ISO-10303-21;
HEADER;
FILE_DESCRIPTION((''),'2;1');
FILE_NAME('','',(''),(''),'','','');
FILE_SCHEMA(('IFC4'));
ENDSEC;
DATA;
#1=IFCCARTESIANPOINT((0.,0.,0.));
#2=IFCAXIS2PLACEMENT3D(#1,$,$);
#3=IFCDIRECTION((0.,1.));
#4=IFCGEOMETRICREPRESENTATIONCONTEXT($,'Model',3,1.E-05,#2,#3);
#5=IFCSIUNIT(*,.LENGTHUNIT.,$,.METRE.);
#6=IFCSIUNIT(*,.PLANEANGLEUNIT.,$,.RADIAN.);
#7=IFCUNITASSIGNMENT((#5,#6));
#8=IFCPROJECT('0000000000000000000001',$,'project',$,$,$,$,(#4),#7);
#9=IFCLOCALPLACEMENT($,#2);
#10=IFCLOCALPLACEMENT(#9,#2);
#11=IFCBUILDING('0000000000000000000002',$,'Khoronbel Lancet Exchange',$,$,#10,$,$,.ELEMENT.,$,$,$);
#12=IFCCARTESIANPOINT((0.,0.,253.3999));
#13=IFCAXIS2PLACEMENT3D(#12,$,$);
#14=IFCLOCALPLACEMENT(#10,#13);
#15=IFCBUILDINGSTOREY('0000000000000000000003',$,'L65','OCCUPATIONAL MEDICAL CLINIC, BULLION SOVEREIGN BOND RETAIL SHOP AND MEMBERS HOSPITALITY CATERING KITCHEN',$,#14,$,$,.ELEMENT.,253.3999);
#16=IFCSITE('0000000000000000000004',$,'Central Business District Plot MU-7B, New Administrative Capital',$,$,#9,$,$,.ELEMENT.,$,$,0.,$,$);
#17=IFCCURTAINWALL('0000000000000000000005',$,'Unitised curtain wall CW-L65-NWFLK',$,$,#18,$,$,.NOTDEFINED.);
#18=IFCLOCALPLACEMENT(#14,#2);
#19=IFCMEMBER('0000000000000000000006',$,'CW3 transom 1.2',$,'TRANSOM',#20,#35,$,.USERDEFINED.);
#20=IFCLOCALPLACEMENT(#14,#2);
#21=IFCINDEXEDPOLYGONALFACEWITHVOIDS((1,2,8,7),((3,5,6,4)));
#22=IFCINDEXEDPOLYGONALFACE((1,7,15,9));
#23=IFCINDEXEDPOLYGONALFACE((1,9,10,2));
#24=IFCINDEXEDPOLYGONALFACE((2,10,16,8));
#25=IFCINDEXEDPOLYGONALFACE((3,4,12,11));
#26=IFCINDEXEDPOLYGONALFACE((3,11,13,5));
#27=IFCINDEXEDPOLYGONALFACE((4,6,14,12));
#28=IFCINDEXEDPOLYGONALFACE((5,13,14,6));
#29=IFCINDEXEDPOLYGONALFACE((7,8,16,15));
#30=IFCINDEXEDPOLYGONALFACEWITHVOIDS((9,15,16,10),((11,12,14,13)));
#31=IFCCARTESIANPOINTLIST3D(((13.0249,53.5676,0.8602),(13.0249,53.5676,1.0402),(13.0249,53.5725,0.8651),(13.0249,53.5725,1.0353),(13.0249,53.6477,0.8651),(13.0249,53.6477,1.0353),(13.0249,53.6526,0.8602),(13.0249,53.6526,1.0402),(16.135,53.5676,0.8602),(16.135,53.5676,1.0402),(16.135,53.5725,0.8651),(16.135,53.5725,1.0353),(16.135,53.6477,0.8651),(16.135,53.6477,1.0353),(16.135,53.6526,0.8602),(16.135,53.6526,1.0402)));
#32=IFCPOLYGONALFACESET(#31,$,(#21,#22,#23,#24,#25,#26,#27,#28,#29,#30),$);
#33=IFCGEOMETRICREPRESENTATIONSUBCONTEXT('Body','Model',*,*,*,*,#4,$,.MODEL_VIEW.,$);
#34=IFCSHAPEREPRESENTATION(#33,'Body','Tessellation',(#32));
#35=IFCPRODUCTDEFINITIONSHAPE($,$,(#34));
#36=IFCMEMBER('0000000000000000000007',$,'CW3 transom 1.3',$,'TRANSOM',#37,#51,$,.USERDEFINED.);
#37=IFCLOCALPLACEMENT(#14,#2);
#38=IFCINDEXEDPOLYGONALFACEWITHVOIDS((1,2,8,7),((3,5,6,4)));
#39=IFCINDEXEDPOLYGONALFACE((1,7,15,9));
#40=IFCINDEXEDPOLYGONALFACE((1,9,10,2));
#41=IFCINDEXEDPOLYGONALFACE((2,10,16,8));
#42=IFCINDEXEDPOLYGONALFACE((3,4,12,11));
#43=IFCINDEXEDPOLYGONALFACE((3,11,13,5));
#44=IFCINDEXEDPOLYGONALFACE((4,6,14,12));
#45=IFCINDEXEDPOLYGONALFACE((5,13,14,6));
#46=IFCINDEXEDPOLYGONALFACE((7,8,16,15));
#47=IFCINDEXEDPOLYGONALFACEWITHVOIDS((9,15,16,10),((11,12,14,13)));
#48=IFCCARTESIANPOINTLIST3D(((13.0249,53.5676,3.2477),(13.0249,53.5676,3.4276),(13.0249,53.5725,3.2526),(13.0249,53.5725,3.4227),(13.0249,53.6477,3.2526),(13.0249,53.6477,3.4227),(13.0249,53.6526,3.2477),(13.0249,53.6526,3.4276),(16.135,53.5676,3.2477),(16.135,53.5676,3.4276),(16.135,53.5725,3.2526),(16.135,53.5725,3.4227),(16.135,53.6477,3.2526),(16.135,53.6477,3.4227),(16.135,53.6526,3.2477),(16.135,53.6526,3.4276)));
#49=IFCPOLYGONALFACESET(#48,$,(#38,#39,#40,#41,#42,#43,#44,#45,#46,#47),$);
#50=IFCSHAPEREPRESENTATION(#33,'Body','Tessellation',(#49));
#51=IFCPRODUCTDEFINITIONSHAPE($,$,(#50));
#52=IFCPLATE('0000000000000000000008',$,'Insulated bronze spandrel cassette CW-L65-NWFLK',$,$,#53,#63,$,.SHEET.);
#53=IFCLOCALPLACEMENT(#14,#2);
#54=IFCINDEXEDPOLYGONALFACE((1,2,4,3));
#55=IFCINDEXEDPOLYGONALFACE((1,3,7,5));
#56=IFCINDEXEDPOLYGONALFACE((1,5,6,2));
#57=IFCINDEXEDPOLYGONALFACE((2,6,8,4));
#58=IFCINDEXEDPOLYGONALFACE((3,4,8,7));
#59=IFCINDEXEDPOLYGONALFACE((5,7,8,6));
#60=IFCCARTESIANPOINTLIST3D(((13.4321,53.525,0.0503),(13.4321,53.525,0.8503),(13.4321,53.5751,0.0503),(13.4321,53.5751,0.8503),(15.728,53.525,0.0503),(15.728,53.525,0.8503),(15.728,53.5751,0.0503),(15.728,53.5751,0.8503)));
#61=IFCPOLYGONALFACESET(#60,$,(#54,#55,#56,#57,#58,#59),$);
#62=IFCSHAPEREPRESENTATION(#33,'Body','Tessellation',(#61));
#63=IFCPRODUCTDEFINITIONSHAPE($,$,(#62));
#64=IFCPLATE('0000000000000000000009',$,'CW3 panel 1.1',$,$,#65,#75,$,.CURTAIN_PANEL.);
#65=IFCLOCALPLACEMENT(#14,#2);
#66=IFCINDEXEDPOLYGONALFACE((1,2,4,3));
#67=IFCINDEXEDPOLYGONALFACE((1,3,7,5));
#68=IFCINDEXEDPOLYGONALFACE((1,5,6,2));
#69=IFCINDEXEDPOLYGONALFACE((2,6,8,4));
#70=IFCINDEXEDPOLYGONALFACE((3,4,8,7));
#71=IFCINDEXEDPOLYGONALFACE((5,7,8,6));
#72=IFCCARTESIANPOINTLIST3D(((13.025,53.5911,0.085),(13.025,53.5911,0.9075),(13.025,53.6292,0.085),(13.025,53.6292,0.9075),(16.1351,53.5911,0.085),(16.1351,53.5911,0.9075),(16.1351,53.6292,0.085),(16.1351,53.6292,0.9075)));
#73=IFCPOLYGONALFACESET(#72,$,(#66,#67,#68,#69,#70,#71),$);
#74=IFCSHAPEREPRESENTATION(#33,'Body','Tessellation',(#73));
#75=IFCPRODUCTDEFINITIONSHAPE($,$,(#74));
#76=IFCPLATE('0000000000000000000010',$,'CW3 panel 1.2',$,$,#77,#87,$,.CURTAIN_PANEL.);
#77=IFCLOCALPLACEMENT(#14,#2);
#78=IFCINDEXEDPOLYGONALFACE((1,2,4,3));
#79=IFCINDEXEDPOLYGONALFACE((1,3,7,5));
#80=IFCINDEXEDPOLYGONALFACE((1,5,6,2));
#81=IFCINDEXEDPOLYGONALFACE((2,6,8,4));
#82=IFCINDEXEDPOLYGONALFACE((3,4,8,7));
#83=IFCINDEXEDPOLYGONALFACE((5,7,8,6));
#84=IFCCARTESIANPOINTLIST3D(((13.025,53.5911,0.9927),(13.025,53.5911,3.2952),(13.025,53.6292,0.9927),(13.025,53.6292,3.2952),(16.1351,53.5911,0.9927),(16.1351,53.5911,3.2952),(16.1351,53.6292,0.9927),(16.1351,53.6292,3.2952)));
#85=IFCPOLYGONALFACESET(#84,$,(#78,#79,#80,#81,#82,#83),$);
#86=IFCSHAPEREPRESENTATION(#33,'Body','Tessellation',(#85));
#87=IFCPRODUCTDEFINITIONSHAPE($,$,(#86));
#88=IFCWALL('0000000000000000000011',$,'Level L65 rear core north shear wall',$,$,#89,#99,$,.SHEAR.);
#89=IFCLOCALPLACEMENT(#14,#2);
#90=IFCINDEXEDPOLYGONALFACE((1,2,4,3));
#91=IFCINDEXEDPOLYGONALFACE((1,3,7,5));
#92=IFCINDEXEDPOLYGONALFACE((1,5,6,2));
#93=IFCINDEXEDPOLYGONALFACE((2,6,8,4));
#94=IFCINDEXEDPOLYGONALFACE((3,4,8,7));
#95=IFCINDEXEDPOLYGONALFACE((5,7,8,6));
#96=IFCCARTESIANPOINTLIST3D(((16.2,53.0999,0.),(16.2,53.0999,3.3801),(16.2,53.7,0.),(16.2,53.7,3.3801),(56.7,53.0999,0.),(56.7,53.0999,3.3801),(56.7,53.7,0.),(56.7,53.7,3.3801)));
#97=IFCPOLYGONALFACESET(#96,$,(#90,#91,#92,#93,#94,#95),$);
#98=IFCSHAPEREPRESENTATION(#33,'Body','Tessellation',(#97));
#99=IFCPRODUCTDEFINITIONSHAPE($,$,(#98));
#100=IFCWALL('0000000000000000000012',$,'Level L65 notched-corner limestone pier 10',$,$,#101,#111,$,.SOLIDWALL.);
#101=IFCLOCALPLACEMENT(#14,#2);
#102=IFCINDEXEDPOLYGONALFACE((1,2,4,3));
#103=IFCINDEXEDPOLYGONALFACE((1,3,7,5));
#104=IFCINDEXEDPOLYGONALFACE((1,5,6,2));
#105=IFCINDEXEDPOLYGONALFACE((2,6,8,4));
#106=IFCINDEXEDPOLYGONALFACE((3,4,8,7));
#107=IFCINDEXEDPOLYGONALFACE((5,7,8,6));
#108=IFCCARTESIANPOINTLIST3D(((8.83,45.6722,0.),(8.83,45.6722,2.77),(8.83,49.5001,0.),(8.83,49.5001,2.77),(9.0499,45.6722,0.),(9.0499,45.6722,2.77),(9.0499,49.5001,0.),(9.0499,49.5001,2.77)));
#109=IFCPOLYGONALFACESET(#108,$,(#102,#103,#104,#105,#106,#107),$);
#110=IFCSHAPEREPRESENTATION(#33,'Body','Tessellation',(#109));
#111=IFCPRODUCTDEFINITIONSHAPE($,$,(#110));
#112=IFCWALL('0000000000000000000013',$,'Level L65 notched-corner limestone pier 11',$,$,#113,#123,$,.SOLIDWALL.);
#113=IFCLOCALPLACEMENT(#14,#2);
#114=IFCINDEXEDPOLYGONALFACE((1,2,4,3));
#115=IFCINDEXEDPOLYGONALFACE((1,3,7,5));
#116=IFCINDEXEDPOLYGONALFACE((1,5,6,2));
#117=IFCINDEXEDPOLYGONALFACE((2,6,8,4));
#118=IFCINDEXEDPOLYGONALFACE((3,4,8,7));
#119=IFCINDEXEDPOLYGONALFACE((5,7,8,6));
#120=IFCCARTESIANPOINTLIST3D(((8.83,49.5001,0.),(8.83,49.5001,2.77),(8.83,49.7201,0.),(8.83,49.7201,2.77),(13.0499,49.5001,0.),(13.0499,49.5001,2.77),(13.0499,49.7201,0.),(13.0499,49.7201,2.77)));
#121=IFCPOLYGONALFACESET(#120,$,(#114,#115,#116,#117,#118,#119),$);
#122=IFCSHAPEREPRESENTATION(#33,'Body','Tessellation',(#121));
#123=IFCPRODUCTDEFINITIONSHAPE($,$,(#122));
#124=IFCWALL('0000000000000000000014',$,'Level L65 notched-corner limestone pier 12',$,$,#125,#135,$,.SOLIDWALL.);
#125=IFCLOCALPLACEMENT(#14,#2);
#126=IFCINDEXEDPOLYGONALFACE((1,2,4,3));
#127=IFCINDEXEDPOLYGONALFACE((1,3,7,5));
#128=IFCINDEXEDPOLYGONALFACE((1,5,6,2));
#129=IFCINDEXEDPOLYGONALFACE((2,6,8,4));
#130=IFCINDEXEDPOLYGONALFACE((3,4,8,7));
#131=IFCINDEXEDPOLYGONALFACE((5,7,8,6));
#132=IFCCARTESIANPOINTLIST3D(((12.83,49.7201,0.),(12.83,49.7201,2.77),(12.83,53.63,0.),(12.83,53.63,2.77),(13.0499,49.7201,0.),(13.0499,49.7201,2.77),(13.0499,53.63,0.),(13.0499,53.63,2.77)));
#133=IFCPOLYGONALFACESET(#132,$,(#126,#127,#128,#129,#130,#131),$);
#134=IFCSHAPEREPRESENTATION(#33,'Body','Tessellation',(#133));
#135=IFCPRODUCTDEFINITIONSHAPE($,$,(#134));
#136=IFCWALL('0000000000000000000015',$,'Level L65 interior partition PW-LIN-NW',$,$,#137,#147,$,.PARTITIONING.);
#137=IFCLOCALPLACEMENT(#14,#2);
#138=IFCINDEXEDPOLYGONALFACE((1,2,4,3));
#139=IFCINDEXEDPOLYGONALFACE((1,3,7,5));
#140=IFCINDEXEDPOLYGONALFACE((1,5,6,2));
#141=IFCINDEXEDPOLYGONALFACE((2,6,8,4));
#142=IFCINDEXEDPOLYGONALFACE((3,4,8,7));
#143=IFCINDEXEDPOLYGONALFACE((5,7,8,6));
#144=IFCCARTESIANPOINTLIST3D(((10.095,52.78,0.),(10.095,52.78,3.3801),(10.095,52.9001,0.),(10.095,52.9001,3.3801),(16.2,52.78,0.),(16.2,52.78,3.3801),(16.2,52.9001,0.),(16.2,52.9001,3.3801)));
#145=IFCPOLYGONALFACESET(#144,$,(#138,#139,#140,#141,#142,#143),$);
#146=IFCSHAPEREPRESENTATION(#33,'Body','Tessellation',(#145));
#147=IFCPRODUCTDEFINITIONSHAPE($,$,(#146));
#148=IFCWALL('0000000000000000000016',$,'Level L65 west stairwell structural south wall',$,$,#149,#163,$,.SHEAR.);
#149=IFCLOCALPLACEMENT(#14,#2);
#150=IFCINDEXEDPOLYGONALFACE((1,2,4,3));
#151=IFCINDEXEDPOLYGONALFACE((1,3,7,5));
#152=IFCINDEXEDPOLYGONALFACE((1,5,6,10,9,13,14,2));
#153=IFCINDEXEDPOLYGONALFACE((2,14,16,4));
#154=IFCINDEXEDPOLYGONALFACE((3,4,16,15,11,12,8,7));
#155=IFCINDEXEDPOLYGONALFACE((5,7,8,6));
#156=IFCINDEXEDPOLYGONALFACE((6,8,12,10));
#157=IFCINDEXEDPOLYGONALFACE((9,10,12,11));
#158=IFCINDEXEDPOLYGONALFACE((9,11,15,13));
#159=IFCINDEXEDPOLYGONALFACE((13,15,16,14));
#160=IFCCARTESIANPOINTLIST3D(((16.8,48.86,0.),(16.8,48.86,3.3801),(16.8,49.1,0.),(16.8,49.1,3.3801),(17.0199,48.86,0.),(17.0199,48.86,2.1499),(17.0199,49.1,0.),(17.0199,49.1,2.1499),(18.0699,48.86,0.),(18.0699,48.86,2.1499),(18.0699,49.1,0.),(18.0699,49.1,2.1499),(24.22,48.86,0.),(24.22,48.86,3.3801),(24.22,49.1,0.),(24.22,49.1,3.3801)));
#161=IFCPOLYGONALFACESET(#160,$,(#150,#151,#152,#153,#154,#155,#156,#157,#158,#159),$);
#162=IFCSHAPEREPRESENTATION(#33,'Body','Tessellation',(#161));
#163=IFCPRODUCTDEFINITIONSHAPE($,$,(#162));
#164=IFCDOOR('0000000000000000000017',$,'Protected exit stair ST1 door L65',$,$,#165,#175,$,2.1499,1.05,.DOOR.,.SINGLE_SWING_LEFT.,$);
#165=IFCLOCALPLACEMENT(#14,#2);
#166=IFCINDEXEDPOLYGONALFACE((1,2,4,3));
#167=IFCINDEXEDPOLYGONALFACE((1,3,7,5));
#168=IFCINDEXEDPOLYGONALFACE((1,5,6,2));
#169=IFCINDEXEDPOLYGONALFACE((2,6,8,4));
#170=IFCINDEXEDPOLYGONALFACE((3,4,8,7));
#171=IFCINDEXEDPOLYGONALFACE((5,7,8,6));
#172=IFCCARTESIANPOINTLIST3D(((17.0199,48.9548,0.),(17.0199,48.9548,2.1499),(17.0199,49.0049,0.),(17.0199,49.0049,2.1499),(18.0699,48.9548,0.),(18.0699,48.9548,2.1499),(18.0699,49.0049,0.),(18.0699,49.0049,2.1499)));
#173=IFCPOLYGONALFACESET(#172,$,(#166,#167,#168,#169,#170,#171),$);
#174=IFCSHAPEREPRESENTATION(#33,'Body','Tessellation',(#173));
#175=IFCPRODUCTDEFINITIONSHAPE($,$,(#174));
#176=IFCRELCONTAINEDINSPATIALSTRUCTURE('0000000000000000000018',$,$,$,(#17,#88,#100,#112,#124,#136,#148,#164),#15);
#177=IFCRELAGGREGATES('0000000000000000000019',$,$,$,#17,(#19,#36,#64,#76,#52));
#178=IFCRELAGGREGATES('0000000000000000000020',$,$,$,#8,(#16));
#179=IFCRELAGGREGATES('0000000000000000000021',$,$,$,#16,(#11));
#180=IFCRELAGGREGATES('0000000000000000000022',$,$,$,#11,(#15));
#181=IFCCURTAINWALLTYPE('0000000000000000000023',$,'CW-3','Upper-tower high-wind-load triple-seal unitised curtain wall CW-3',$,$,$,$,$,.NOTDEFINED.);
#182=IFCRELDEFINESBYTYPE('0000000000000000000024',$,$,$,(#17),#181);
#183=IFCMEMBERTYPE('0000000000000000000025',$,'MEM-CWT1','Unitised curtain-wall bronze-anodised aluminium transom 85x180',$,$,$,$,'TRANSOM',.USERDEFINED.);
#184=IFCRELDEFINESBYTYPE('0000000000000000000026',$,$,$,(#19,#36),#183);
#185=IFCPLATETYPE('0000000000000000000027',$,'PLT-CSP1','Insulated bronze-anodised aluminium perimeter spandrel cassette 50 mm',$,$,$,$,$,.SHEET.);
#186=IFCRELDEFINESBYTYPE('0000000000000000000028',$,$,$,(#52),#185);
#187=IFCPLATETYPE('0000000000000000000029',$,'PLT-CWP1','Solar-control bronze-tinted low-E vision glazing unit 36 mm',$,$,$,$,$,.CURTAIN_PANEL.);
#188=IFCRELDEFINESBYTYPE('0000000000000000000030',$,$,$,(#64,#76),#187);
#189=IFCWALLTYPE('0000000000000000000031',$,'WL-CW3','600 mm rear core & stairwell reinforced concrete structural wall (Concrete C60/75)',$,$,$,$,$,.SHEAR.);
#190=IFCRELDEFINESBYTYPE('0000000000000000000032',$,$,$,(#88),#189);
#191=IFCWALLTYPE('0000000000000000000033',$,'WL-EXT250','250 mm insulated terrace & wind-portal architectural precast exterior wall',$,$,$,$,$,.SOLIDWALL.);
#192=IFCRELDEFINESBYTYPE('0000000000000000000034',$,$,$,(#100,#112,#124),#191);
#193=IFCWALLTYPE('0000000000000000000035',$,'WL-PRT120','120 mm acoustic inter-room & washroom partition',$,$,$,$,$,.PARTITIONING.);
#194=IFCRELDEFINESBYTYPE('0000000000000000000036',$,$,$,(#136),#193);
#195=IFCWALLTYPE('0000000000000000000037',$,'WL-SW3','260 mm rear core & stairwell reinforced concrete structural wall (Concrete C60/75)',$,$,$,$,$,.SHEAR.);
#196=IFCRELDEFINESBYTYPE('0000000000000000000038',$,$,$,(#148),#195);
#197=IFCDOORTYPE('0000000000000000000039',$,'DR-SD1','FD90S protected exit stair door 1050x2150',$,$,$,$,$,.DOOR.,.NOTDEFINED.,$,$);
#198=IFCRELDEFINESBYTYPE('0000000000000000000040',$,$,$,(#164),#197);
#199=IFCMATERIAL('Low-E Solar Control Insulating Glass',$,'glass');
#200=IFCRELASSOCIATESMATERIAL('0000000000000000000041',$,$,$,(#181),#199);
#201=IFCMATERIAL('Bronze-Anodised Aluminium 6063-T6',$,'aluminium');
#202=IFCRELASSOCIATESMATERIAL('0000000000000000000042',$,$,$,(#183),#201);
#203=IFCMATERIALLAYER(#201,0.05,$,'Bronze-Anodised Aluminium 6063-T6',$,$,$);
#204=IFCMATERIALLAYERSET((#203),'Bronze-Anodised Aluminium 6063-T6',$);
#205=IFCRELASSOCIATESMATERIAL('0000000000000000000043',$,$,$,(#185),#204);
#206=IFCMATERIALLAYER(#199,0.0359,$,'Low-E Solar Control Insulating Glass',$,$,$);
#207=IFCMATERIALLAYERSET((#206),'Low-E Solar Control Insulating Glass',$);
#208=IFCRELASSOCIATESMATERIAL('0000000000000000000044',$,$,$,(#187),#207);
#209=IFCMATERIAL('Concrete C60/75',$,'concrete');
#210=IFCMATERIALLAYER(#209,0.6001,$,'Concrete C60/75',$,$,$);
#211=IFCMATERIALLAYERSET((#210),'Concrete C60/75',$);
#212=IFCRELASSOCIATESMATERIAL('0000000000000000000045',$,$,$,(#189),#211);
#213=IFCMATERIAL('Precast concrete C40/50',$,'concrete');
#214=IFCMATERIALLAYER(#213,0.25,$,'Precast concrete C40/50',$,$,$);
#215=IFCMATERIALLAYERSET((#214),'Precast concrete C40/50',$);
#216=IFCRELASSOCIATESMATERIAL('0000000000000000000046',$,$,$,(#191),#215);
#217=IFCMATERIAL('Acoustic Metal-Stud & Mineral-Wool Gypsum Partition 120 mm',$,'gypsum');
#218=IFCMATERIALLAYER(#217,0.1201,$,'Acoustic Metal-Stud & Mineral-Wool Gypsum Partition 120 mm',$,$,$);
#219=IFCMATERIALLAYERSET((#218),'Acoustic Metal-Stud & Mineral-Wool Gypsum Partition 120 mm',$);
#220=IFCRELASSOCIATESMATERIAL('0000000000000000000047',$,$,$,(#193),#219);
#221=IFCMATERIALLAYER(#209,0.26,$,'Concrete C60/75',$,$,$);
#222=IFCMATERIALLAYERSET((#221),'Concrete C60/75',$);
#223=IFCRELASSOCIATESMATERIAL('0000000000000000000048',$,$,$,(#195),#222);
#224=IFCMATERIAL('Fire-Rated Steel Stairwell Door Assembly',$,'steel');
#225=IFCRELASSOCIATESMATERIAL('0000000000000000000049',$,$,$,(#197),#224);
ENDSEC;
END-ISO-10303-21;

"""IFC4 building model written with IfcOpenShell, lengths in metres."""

from ifc_helpers import new_model, si_unit, direction, frame, frame_2d, origin, origin_2d, place, context, subcontext, project, spatial, rectangle, hollow_rectangle, extrude, material, layer, layer_set, material_profile, profile_set, type_object, element, fill, aggregate, save


model = new_model("IFC4")

# Units and contexts
model_context = context("Model", 3, precision=1e-05, world=origin(), true_north=direction((0.0, 1.0)))
body_context = subcontext(model_context, "Body", "Model", "MODEL_VIEW")
ifc_project = project(units=[si_unit("LENGTHUNIT", "METRE"), si_unit("PLANEANGLEUNIT", "RADIAN")], contexts=[model_context])

# Site, building, storey
site_placement = place(None, origin())
site = spatial("IfcSite", under=ifc_project, at=site_placement, Name="Central Business District Plot MU-7B, New Administrative Capital", CompositionType="ELEMENT", RefElevation=0.0)
building_placement = place(site_placement, origin())
building = spatial("IfcBuilding", under=site, at=building_placement, Name="Khoronbel Lancet Exchange", CompositionType="ELEMENT")
storey_placement = place(building_placement, frame((0.0, 0.0, 253.3999)))
storey = spatial("IfcBuildingStorey", under=building, at=storey_placement, Name="L65", Description="OCCUPATIONAL MEDICAL CLINIC, BULLION SOVEREIGN BOND RETAIL SHOP AND MEMBERS HOSPITALITY CATERING KITCHEN", CompositionType="ELEMENT", Elevation=253.3999)

# Curtain wall, members, plates
ifc_material_1 = material(Name="Low-E Solar Control Insulating Glass", Category="glass")
curtain_wall_type = type_object("IfcCurtainWallType", Name="CW-3", Description="Upper-tower high-wind-load triple-seal unitised curtain wall CW-3", PredefinedType="NOTDEFINED", material=ifc_material_1)
curtain_wall_placement = place(storey_placement, origin())
curtain_wall = element("IfcCurtainWall", 1, at=curtain_wall_placement, inside=storey, type_object=curtain_wall_type, Name="Unitised curtain wall CW-L65-NWFLK", PredefinedType="NOTDEFINED")
ifc_material_2 = material(Name="Bronze-Anodised Aluminium 6063-T6", Category="aluminium")
ifc_material_profile_1 = material_profile(ifc_material_2, hollow_rectangle(XDim=0.085, YDim=0.1799, WallThickness=0.0049, at=origin_2d()), Name="ALU TRANSOM 85x180")
ifc_profile_set_1 = profile_set([ifc_material_profile_1], Name="Bronze-Anodised Aluminium 6063-T6")
member_type_1 = type_object("IfcMemberType", Name="MEM-CWT1", Description="Unitised curtain-wall bronze-anodised aluminium transom 85x180", ElementType="TRANSOM", PredefinedType="USERDEFINED", material=ifc_profile_set_1)
member_1_placement = place(storey_placement, frame((16.135, 53.6101, 0.9502), z_axis=(-1.0, 0.0, 0.0), x_axis=(0.0, -1.0, 0.0)))
member_1 = element("IfcMember", 2, at=member_1_placement, type_object=member_type_1, Name="CW3 transom 1.2", ObjectType="TRANSOM", PredefinedType="USERDEFINED", context=body_context, shape_type="SweptSolid", body=[
    extrude(hollow_rectangle(XDim=0.085, YDim=0.1799, WallThickness=0.0049, at=origin_2d()), origin(), (0.0, 0.0, 1.0), 3.1101),
])
member_2_placement = place(storey_placement, frame((16.135, 53.6101, 3.3376), z_axis=(-1.0, 0.0, 0.0), x_axis=(0.0, -1.0, 0.0)))
member_2 = element("IfcMember", 3, at=member_2_placement, type_object=member_type_1, Name="CW3 transom 1.3", ObjectType="TRANSOM", PredefinedType="USERDEFINED", context=body_context, shape_type="SweptSolid", body=[
    extrude(hollow_rectangle(XDim=0.085, YDim=0.1799, WallThickness=0.0049, at=origin_2d()), origin(), (0.0, 0.0, 1.0), 3.1101),
])
ifc_layer_1 = layer(ifc_material_2, 0.05, Name="Bronze-Anodised Aluminium 6063-T6")
ifc_layer_set_1 = layer_set([ifc_layer_1], Name="Bronze-Anodised Aluminium 6063-T6")
plate_type_1 = type_object("IfcPlateType", Name="PLT-CSP1", Description="Insulated bronze-anodised aluminium perimeter spandrel cassette 50 mm", PredefinedType="SHEET", material=ifc_layer_set_1)
plate_1_placement = place(storey_placement, frame((14.5801, 53.55, 0.0503), z_axis=(0.0, 0.0, 1.0), x_axis=(-1.0, 0.0, 0.0)))
plate_1 = element("IfcPlate", 4, at=plate_1_placement, type_object=plate_type_1, Name="Insulated bronze spandrel cassette CW-L65-NWFLK", PredefinedType="SHEET", context=body_context, shape_type="SweptSolid", body=[
    extrude(rectangle(XDim=2.2959, YDim=0.05, at=origin_2d()), origin(), (0.0, 0.0, 1.0), 0.8),
])
ifc_layer_2 = layer(ifc_material_1, 0.0359, Name="Low-E Solar Control Insulating Glass")
ifc_layer_set_2 = layer_set([ifc_layer_2], Name="Low-E Solar Control Insulating Glass")
plate_type_2 = type_object("IfcPlateType", Name="PLT-CWP1", Description="Solar-control bronze-tinted low-E vision glazing unit 36 mm", PredefinedType="CURTAIN_PANEL", material=ifc_layer_set_2)
plate_2_placement = place(storey_placement, frame((14.5801, 53.6101, 0.085), z_axis=(0.0, 0.0, 1.0), x_axis=(-1.0, 0.0, 0.0)))
plate_2 = element("IfcPlate", 5, at=plate_2_placement, type_object=plate_type_2, Name="CW3 panel 1.1", PredefinedType="CURTAIN_PANEL", context=body_context, shape_type="SweptSolid", body=[
    extrude(rectangle(XDim=3.1101, YDim=0.0381, at=origin_2d()), origin(), (0.0, 0.0, 1.0), 0.8225),
])
plate_3_placement = place(storey_placement, frame((14.5801, 53.6101, 0.9927), z_axis=(0.0, 0.0, 1.0), x_axis=(-1.0, 0.0, 0.0)))
plate_3 = element("IfcPlate", 6, at=plate_3_placement, type_object=plate_type_2, Name="CW3 panel 1.2", PredefinedType="CURTAIN_PANEL", context=body_context, shape_type="SweptSolid", body=[
    extrude(rectangle(XDim=3.1101, YDim=0.0381, at=origin_2d()), origin(), (0.0, 0.0, 1.0), 2.3025),
])
aggregate(curtain_wall, [member_1, member_2, plate_2, plate_3, plate_1])

# Walls
ifc_material_3 = material(Name="Concrete C60/75", Category="concrete")
ifc_layer_3 = layer(ifc_material_3, 0.6001, Name="Concrete C60/75")
ifc_layer_set_3 = layer_set([ifc_layer_3], Name="Concrete C60/75")
wall_type_1 = type_object("IfcWallType", Name="WL-CW3", Description="600 mm rear core & stairwell reinforced concrete structural wall (Concrete C60/75)", PredefinedType="SHEAR", material=ifc_layer_set_3)
wall_1_placement = place(storey_placement, frame((16.2, 53.3999, 0.0), z_axis=(0.0, 0.0, 1.0), x_axis=(1.0, 0.0, 0.0)))
element("IfcWall", 7, at=wall_1_placement, inside=storey, type_object=wall_type_1, Name="Level L65 rear core north shear wall", PredefinedType="SHEAR", context=body_context, shape_type="SweptSolid", body=[
    extrude(rectangle(XDim=40.5, YDim=0.6001, at=frame_2d((20.25, 0.0))), origin(), (0.0, 0.0, 1.0), 3.3801),
])
ifc_material_4 = material(Name="Precast concrete C40/50", Category="concrete")
ifc_layer_4 = layer(ifc_material_4, 0.25, Name="Precast concrete C40/50")
ifc_layer_set_4 = layer_set([ifc_layer_4], Name="Precast concrete C40/50")
wall_type_2 = type_object("IfcWallType", Name="WL-EXT250", Description="250 mm insulated terrace & wind-portal architectural precast exterior wall", PredefinedType="SOLIDWALL", material=ifc_layer_set_4)
wall_2_placement = place(storey_placement, frame((8.9399, 45.6721, 0.0), z_axis=(0.0, 0.0, 1.0), x_axis=(0.0, 1.0, 0.0)))
element("IfcWall", 8, at=wall_2_placement, inside=storey, type_object=wall_type_2, Name="Level L65 notched-corner limestone pier 10", PredefinedType="SOLIDWALL", context=body_context, shape_type="SweptSolid", body=[
    extrude(rectangle(XDim=3.8279, YDim=0.22, at=frame_2d((1.9141, 0.0))), origin(), (0.0, 0.0, 1.0), 2.77),
])
wall_3_placement = place(storey_placement, frame((8.8301, 49.6101, 0.0), z_axis=(0.0, 0.0, 1.0), x_axis=(1.0, 0.0, 0.0)))
element("IfcWall", 9, at=wall_3_placement, inside=storey, type_object=wall_type_2, Name="Level L65 notched-corner limestone pier 11", PredefinedType="SOLIDWALL", context=body_context, shape_type="SweptSolid", body=[
    extrude(rectangle(XDim=4.22, YDim=0.22, at=frame_2d((2.1099, 0.0))), origin(), (0.0, 0.0, 1.0), 2.77),
])
wall_4_placement = place(storey_placement, frame((12.9399, 49.72, 0.0), z_axis=(0.0, 0.0, 1.0), x_axis=(0.0, 1.0, 0.0)))
element("IfcWall", 10, at=wall_4_placement, inside=storey, type_object=wall_type_2, Name="Level L65 notched-corner limestone pier 12", PredefinedType="SOLIDWALL", context=body_context, shape_type="SweptSolid", body=[
    extrude(rectangle(XDim=3.9099, YDim=0.22, at=frame_2d((1.9551, 0.0))), origin(), (0.0, 0.0, 1.0), 2.77),
])
ifc_material_5 = material(Name="Acoustic Metal-Stud & Mineral-Wool Gypsum Partition 120 mm", Category="gypsum")
ifc_layer_5 = layer(ifc_material_5, 0.1201, Name="Acoustic Metal-Stud & Mineral-Wool Gypsum Partition 120 mm")
ifc_layer_set_5 = layer_set([ifc_layer_5], Name="Acoustic Metal-Stud & Mineral-Wool Gypsum Partition 120 mm")
wall_type_3 = type_object("IfcWallType", Name="WL-PRT120", Description="120 mm acoustic inter-room & washroom partition", PredefinedType="PARTITIONING", material=ifc_layer_set_5)
wall_5_placement = place(storey_placement, frame((10.095, 52.8401, 0.0), z_axis=(0.0, 0.0, 1.0), x_axis=(1.0, 0.0, 0.0)))
element("IfcWall", 11, at=wall_5_placement, inside=storey, type_object=wall_type_3, Name="Level L65 interior partition PW-LIN-NW", PredefinedType="PARTITIONING", context=body_context, shape_type="SweptSolid", body=[
    extrude(rectangle(XDim=6.105, YDim=0.1201, at=frame_2d((3.0525, 0.0))), origin(), (0.0, 0.0, 1.0), 3.3801),
])

# Wall, opening, door
ifc_layer_6 = layer(ifc_material_3, 0.26, Name="Concrete C60/75")
ifc_layer_set_6 = layer_set([ifc_layer_6], Name="Concrete C60/75")
wall_type_4 = type_object("IfcWallType", Name="WL-SW3", Description="260 mm rear core & stairwell reinforced concrete structural wall (Concrete C60/75)", PredefinedType="SHEAR", material=ifc_layer_set_6)
wall_6_placement = place(storey_placement, frame((16.8, 48.98, 0.0), z_axis=(0.0, 0.0, 1.0), x_axis=(1.0, 0.0, 0.0)))
wall_6 = element("IfcWall", 12, at=wall_6_placement, inside=storey, type_object=wall_type_4, Name="Level L65 west stairwell structural south wall", PredefinedType="SHEAR", context=body_context, shape_type="SweptSolid", body=[
    extrude(rectangle(XDim=7.4199, YDim=0.24, at=frame_2d((3.71, 0.0))), origin(), (0.0, 0.0, 1.0), 3.3801),
])
opening_placement = place(wall_6_placement, frame((0.22, 0.0, 0.0)))
opening = element("IfcOpeningElement", 13, at=opening_placement, cuts=wall_6, PredefinedType="OPENING", context=body_context, shape_type="SweptSolid", body=[
    extrude(rectangle(XDim=1.05, YDim=2.1499, at=frame_2d((0.5249, 1.075))), frame((0.0, 0.1299, 0.0), z_axis=(0.0, -1.0, 0.0), x_axis=(1.0, 0.0, 0.0)), (0.0, 0.0, 1.0), 0.26),
])
ifc_material_6 = material(Name="Fire-Rated Steel Stairwell Door Assembly", Category="steel")
door_type = type_object("IfcDoorType", Name="DR-SD1", Description="FD90S protected exit stair door 1050x2150", OperationType="NOTDEFINED", PredefinedType="DOOR", material=ifc_material_6)
door_placement = place(opening_placement, origin())
door = element("IfcDoor", 14, at=door_placement, inside=storey, type_object=door_type, Name="Protected exit stair ST1 door L65", OperationType="SINGLE_SWING_LEFT", OverallHeight=2.1499, OverallWidth=1.05, PredefinedType="DOOR", context=body_context, shape_type="SweptSolid", body=[
    extrude(rectangle(XDim=1.05, YDim=2.1499, at=frame_2d((0.5249, 1.075))), frame((0.0, 0.0249, 0.0), z_axis=(0.0, -1.0, 0.0), x_axis=(1.0, 0.0, 0.0)), (0.0, 0.0, 1.0), 0.05),
])
fill(opening, door)

save(model, "model.ifc")
